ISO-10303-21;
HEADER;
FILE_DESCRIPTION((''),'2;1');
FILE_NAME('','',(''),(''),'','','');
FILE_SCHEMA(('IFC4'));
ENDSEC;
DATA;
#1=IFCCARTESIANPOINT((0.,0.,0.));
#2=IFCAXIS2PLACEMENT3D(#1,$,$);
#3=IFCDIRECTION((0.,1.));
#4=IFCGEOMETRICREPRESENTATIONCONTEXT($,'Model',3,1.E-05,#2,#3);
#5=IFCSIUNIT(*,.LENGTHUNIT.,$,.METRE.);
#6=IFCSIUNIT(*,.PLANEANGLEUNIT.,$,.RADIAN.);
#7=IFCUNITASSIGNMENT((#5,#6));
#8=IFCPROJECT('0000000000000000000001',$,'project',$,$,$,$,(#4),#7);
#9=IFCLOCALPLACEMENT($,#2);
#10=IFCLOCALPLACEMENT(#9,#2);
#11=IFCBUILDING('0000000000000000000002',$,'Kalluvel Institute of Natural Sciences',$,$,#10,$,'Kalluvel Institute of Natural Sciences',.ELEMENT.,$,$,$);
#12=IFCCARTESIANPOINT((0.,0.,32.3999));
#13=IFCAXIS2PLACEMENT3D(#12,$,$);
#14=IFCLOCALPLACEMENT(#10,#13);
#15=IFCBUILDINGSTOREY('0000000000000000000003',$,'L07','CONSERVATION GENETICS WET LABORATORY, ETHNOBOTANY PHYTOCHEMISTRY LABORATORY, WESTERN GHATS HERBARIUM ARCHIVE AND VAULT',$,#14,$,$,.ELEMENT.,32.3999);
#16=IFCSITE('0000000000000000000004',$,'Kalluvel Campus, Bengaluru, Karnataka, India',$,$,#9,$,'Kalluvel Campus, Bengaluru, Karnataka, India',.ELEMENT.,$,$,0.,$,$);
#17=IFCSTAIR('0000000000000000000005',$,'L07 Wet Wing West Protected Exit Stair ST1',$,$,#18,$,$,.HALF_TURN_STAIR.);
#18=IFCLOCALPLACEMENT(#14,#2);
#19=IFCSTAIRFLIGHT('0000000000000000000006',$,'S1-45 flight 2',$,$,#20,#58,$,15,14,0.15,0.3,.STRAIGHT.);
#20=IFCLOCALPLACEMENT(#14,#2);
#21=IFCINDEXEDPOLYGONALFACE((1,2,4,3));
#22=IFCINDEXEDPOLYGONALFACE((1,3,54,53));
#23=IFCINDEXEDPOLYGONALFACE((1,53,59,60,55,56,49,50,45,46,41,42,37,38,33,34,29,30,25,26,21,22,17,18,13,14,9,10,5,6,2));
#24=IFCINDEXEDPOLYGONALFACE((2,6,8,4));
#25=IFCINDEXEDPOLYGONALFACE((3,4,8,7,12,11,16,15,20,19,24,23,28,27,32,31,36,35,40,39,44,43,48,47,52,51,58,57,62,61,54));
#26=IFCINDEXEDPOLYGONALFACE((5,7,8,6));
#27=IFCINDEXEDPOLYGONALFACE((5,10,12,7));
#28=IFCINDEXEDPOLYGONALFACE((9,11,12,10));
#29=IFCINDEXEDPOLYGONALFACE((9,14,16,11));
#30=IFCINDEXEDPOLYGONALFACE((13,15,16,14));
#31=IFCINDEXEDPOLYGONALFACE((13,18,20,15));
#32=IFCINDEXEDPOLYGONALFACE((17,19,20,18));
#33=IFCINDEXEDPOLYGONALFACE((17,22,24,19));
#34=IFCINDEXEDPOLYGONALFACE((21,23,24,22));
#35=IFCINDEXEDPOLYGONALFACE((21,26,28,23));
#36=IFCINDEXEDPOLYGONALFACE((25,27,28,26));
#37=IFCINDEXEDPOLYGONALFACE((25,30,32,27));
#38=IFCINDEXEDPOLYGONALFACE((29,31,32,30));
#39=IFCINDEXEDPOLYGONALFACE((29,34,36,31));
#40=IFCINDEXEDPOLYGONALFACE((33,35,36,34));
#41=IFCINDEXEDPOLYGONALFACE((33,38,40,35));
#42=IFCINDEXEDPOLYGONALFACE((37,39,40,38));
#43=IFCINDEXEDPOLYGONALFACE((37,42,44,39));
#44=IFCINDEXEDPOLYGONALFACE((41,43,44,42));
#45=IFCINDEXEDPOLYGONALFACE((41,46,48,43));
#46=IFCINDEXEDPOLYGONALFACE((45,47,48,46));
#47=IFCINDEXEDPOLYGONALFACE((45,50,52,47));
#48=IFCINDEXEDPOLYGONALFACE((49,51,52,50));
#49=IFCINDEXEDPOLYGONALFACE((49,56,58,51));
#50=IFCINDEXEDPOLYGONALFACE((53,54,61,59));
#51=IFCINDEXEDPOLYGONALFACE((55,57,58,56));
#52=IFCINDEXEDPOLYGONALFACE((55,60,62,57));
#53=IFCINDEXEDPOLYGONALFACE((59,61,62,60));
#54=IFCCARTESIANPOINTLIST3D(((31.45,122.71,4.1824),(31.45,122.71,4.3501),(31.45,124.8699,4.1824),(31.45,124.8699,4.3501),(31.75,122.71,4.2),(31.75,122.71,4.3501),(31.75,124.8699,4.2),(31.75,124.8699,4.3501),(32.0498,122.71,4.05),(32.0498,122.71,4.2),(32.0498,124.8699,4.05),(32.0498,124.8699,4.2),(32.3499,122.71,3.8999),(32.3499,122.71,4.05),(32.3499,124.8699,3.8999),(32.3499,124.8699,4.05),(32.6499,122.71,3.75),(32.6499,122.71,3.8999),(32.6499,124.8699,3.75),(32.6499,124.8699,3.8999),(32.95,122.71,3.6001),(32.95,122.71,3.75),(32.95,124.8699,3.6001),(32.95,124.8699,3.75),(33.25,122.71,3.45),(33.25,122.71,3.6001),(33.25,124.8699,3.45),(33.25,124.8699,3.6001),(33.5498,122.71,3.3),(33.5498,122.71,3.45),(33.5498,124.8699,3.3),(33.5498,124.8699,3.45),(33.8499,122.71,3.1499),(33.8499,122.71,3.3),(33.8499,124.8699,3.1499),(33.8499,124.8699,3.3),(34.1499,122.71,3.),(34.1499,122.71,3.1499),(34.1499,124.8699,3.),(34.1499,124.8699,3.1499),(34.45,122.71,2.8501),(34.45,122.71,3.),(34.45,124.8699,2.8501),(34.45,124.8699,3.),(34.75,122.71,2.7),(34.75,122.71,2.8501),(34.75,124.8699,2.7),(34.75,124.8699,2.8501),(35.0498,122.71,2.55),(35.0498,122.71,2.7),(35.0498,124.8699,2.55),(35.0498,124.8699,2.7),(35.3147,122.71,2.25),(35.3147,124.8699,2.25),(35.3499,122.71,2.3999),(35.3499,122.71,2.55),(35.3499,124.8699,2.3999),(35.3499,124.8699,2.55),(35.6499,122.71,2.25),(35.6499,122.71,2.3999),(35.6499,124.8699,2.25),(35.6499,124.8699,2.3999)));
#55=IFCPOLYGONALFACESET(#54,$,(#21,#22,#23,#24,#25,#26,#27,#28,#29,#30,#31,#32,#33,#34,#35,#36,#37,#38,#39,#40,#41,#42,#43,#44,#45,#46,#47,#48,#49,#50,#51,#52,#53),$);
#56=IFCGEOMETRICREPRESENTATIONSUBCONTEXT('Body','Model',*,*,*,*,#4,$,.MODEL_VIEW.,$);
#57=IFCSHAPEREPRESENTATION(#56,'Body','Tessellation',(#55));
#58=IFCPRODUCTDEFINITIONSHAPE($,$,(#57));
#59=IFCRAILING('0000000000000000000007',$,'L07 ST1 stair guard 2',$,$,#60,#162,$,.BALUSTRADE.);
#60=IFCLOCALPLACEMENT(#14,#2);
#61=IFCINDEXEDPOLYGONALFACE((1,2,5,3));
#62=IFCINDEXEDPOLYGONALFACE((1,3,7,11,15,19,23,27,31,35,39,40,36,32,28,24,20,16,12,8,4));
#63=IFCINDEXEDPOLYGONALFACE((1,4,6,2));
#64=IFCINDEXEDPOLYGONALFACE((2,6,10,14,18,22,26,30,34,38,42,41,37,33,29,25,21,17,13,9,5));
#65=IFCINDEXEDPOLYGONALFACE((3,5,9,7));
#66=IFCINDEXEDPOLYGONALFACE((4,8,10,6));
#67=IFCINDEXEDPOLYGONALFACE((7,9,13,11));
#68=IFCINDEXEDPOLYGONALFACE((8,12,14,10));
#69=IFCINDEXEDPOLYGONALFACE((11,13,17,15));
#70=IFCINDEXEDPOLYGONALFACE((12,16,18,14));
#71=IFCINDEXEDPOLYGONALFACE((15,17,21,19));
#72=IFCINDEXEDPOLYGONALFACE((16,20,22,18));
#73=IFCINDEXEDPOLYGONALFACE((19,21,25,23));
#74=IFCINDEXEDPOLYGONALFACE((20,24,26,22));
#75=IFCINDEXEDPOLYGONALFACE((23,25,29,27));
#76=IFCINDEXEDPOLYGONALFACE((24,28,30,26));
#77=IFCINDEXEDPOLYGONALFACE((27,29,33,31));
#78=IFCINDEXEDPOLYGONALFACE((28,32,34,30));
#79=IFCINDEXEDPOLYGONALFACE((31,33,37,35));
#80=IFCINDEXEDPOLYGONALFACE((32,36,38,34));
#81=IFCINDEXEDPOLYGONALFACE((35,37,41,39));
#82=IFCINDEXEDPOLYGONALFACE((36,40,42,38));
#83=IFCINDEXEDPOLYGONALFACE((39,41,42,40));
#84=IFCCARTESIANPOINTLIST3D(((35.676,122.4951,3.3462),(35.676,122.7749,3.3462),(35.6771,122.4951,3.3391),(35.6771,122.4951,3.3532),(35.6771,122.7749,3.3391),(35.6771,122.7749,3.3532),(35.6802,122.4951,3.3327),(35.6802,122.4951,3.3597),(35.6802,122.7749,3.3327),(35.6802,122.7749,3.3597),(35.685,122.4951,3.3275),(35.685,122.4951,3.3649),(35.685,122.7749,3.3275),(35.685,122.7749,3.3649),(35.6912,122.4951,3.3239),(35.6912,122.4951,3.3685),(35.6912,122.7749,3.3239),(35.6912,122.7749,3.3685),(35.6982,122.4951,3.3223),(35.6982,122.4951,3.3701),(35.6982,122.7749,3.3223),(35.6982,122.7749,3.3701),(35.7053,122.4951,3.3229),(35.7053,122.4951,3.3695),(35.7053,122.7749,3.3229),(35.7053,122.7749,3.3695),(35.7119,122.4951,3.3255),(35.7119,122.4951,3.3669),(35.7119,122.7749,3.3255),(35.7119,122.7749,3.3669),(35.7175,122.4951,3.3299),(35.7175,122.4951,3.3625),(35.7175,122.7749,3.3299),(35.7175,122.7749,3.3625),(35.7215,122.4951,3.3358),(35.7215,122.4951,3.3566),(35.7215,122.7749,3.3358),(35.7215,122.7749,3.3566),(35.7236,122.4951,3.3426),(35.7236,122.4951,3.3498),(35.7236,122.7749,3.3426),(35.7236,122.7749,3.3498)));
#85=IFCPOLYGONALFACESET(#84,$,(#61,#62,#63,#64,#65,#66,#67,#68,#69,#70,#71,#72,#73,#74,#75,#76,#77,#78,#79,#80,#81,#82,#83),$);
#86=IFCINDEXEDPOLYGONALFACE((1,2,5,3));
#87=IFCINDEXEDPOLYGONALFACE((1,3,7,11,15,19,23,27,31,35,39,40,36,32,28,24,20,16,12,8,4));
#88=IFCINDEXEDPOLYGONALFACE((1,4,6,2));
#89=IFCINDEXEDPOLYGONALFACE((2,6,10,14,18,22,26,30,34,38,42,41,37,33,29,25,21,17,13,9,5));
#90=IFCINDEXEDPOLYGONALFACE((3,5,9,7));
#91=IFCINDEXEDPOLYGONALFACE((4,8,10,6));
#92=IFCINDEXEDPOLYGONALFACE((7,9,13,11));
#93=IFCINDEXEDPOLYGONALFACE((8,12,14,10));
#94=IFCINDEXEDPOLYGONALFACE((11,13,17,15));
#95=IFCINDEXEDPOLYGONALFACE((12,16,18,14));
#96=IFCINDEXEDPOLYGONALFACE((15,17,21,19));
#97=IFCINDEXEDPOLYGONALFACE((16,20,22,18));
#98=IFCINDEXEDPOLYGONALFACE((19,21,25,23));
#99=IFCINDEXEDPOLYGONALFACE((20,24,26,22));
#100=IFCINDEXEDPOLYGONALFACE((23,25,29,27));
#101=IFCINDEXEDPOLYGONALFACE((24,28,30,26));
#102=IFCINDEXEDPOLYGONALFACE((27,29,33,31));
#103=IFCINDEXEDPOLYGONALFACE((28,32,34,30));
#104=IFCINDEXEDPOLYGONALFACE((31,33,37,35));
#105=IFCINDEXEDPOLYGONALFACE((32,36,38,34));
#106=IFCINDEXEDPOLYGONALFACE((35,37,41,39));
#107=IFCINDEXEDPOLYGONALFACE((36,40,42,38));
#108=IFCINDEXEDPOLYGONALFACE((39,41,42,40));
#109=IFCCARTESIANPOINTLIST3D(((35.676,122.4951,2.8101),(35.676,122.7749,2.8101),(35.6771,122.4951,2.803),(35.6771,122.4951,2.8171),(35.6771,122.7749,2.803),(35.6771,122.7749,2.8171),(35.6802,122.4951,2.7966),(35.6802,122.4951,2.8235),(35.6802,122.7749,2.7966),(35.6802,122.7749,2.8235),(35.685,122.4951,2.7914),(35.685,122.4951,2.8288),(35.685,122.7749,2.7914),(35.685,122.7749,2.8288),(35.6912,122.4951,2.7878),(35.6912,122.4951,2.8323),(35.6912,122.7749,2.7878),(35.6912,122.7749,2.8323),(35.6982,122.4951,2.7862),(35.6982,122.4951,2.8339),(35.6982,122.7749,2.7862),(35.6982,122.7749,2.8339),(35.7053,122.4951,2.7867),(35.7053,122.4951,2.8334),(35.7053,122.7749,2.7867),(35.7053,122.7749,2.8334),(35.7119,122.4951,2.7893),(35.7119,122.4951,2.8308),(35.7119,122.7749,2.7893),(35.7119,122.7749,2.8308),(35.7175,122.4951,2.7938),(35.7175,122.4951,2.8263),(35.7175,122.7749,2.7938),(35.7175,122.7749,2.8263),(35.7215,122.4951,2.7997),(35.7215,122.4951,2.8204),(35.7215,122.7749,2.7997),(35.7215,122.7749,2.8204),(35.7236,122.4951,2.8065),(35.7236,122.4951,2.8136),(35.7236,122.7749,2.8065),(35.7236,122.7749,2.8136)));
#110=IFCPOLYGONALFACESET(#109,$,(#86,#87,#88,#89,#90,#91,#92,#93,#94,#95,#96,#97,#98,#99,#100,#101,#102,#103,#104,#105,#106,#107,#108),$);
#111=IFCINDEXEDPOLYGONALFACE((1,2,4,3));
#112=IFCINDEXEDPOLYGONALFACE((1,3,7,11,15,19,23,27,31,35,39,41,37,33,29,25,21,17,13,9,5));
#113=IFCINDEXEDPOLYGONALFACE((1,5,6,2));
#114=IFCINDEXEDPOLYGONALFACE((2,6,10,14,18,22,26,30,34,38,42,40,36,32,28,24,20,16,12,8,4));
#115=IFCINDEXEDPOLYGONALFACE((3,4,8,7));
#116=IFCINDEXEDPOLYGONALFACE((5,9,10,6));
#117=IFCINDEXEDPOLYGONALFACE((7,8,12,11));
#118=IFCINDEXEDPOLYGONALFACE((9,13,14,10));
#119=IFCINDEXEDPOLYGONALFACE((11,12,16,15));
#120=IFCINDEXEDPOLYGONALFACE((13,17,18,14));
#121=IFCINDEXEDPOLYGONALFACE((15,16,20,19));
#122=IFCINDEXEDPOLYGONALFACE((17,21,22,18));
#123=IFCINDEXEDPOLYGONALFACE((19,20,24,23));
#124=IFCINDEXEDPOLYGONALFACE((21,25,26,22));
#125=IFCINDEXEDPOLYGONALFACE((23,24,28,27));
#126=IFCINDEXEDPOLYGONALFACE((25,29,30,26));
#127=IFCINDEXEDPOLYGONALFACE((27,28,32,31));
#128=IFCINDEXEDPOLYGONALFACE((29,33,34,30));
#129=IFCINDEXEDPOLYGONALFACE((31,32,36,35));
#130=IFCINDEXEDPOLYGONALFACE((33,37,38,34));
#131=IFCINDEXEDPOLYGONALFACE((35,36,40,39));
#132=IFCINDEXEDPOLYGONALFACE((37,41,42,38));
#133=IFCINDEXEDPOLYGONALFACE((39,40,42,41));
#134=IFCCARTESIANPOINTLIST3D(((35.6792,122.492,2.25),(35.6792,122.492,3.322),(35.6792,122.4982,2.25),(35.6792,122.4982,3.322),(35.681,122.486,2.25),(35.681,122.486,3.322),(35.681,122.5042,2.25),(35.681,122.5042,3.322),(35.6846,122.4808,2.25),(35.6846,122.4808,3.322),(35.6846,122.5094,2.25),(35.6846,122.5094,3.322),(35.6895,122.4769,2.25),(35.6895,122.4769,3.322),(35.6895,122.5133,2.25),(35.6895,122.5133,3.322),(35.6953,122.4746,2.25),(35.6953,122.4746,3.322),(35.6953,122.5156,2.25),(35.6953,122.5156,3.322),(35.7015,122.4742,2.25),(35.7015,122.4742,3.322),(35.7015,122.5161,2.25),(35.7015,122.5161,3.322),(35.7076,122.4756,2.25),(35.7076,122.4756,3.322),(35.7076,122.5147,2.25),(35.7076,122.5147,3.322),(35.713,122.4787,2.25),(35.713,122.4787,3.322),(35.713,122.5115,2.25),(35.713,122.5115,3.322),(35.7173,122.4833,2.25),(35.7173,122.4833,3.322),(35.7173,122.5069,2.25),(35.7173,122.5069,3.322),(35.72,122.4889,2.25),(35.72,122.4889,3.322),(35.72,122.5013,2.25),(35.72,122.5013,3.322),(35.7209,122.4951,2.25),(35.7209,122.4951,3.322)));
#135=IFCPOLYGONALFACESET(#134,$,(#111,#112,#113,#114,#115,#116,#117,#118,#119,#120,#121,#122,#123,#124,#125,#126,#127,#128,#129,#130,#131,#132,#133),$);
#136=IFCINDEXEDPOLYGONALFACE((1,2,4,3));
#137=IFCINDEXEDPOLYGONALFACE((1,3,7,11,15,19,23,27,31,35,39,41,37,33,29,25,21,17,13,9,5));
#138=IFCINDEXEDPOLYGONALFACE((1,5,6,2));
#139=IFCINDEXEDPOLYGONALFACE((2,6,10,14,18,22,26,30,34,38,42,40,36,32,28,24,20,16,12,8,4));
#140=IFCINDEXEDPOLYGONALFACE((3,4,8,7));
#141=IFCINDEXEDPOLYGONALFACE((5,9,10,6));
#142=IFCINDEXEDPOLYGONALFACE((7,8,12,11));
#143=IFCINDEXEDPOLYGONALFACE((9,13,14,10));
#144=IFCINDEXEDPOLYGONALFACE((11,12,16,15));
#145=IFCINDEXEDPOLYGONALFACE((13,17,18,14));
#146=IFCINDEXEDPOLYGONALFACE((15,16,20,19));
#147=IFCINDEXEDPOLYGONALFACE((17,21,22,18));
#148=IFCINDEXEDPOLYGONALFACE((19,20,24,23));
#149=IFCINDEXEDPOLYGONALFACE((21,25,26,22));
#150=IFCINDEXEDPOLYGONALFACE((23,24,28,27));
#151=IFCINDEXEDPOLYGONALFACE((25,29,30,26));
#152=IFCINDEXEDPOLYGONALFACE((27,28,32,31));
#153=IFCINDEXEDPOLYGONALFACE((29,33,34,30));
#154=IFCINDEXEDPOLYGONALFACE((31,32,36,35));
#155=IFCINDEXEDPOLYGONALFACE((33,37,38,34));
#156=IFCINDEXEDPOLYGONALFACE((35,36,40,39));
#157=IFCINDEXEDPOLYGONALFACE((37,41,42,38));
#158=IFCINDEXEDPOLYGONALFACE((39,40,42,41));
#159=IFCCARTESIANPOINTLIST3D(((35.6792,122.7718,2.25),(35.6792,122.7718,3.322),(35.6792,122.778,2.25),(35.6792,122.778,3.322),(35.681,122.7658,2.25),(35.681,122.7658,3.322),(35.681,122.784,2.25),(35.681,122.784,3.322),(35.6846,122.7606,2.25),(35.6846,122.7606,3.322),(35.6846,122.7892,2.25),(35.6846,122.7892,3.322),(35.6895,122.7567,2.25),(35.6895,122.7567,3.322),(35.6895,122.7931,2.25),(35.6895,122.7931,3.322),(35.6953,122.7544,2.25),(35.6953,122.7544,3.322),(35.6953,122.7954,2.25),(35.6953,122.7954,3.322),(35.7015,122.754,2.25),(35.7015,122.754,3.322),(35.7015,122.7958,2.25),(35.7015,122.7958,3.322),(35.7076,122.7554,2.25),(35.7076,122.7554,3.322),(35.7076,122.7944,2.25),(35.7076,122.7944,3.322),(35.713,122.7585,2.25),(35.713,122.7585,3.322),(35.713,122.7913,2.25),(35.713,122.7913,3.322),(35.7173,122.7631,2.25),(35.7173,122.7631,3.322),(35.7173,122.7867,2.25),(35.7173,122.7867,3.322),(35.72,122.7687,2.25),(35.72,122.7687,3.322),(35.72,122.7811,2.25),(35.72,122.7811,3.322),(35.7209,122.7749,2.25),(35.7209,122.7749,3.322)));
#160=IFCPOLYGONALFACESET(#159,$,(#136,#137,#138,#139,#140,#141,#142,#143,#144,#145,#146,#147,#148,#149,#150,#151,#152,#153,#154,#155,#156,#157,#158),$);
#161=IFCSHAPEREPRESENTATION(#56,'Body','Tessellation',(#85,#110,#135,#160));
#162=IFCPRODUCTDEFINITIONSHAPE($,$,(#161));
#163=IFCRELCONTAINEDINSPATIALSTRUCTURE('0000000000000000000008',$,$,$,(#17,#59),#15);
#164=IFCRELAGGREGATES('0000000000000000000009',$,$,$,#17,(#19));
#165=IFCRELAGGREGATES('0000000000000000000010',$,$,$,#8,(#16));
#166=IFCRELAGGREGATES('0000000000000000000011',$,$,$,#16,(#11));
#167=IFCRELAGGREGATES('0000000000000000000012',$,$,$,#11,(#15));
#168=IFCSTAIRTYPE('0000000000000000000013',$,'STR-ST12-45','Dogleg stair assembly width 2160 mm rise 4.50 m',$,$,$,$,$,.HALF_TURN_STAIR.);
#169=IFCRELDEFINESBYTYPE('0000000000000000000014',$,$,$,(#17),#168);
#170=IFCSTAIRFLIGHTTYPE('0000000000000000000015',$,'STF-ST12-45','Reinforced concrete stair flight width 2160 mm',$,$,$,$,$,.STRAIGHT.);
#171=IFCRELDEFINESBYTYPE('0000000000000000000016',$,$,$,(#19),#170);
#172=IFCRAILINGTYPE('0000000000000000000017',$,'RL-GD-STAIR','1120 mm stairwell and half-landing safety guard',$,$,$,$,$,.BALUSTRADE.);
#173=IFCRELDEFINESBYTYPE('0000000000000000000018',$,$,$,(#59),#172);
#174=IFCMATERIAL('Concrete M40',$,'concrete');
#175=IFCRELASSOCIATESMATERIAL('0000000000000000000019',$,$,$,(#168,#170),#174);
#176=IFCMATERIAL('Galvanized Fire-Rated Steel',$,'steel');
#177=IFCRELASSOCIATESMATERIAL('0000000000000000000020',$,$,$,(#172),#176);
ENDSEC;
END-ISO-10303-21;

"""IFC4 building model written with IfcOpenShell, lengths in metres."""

from ifc_helpers import new_model, si_unit, direction, frame, origin, origin_2d, place, context, subcontext, project, spatial, polyline, circle, outline, extrude, material, type_object, element, aggregate, save


model = new_model("IFC4")

# Units and contexts
model_context = context("Model", 3, precision=1e-05, world=origin(), true_north=direction((0.0, 1.0)))
body_context = subcontext(model_context, "Body", "Model", "MODEL_VIEW")
ifc_project = project(units=[si_unit("LENGTHUNIT", "METRE"), si_unit("PLANEANGLEUNIT", "RADIAN")], contexts=[model_context])

# Site, building, storey
site_placement = place(None, origin())
site = spatial("IfcSite", under=ifc_project, at=site_placement, Name="Kalluvel Campus, Bengaluru, Karnataka, India", LongName="Kalluvel Campus, Bengaluru, Karnataka, India", CompositionType="ELEMENT", RefElevation=0.0)
building_placement = place(site_placement, origin())
building = spatial("IfcBuilding", under=site, at=building_placement, Name="Kalluvel Institute of Natural Sciences", LongName="Kalluvel Institute of Natural Sciences", CompositionType="ELEMENT")
storey_placement = place(building_placement, frame((0.0, 0.0, 32.3999)))
storey = spatial("IfcBuildingStorey", under=building, at=storey_placement, Name="L07", Description="CONSERVATION GENETICS WET LABORATORY, ETHNOBOTANY PHYTOCHEMISTRY LABORATORY, WESTERN GHATS HERBARIUM ARCHIVE AND VAULT", CompositionType="ELEMENT", Elevation=32.3999)

# Shared definitions
ifc_material_1 = material(Name="Concrete M40", Category="concrete")

# Shared definitions
ifc_material_2 = material(Name="Galvanized Fire-Rated Steel", Category="steel")

# Stair, stair flight
stair_type = type_object("IfcStairType", Name="STR-ST12-45", Description="Dogleg stair assembly width 2160 mm rise 4.50 m", PredefinedType="HALF_TURN_STAIR", material=ifc_material_1)
stair_placement = place(storey_placement, origin())
stair = element("IfcStair", 1, at=stair_placement, inside=storey, type_object=stair_type, Name="L07 Wet Wing West Protected Exit Stair ST1", PredefinedType="HALF_TURN_STAIR")
stair_flight_type = type_object("IfcStairFlightType", Name="STF-ST12-45", Description="Reinforced concrete stair flight width 2160 mm", PredefinedType="STRAIGHT", material=ifc_material_1)
stair_flight_placement = place(storey_placement, frame((35.6499, 123.79, 2.25), z_axis=(0.0, 0.0, 1.0), x_axis=(-1.0, 0.0, 0.0)))
stair_flight = element("IfcStairFlight", 2, at=stair_flight_placement, type_object=stair_flight_type, Name="S1-45 flight 2", NumberOfRisers=15, NumberOfTreads=14, PredefinedType="STRAIGHT", RiserHeight=0.15, TreadLength=0.3, context=body_context, shape_type="SweptSolid", body=[
    extrude(outline(polyline([(0.0, 0.0), (0.0, 0.1499), (0.3, 0.1499), (0.3, 0.3), (0.6001, 0.3), (0.6001, 0.45), (0.8999, 0.45), (0.8999, 0.6001), (1.2, 0.6001), (1.2, 0.75), (1.5, 0.75), (1.5, 0.8999), (1.8, 0.8999), (1.8, 1.05), (2.1001, 1.05), (2.1001, 1.2), (2.3999, 1.2), (2.3999, 1.3501), (2.7, 1.3501), (2.7, 1.5), (3.0, 1.5), (3.0, 1.6499), (3.3, 1.6499), (3.3, 1.8), (3.6001, 1.8), (3.6001, 1.95), (3.8999, 1.95), (3.8999, 2.1001), (4.2, 2.1001), (4.2, 2.25), (4.2, 1.9324), (0.3352, 0.0), (0.0, 0.0)])), frame((0.0, 1.0801, 0.0), z_axis=(0.0, -1.0, 0.0), x_axis=(1.0, 0.0, 0.0)), (0.0, 0.0, 1.0), 2.1599),
])
aggregate(stair, [stair_flight])

# Railing
railing_type_1 = type_object("IfcRailingType", Name="RL-GD-STAIR", Description="1120 mm stairwell and half-landing safety guard", PredefinedType="BALUSTRADE", material=ifc_material_2)
railing_1_placement = place(storey_placement, frame((35.7, 122.4951, 2.25)))
element("IfcRailing", 3, at=railing_1_placement, inside=storey, type_object=railing_type_1, Name="L07 ST1 stair guard 2", PredefinedType="BALUSTRADE", context=body_context, shape_type="SweptSolid", body=[
    extrude(circle(Radius=0.0239, at=origin_2d()), frame((0.0, 0.0, 1.0962), z_axis=(0.0, 1.0, 0.0), x_axis=(-1.0, 0.0, 0.0)), (0.0, 0.0, 1.0), 0.2798),
    extrude(circle(Radius=0.0239, at=origin_2d()), frame((0.0, 0.0, 0.5601), z_axis=(0.0, 1.0, 0.0), x_axis=(-1.0, 0.0, 0.0)), (0.0, 0.0, 1.0), 0.2798),
    extrude(circle(Radius=0.021, at=origin_2d()), origin(), (0.0, 0.0, 1.0), 1.072),
    extrude(circle(Radius=0.021, at=origin_2d()), frame((0.0, 0.2798, 0.0)), (0.0, 0.0, 1.0), 1.072),
])

save(model, "model.ifc")
